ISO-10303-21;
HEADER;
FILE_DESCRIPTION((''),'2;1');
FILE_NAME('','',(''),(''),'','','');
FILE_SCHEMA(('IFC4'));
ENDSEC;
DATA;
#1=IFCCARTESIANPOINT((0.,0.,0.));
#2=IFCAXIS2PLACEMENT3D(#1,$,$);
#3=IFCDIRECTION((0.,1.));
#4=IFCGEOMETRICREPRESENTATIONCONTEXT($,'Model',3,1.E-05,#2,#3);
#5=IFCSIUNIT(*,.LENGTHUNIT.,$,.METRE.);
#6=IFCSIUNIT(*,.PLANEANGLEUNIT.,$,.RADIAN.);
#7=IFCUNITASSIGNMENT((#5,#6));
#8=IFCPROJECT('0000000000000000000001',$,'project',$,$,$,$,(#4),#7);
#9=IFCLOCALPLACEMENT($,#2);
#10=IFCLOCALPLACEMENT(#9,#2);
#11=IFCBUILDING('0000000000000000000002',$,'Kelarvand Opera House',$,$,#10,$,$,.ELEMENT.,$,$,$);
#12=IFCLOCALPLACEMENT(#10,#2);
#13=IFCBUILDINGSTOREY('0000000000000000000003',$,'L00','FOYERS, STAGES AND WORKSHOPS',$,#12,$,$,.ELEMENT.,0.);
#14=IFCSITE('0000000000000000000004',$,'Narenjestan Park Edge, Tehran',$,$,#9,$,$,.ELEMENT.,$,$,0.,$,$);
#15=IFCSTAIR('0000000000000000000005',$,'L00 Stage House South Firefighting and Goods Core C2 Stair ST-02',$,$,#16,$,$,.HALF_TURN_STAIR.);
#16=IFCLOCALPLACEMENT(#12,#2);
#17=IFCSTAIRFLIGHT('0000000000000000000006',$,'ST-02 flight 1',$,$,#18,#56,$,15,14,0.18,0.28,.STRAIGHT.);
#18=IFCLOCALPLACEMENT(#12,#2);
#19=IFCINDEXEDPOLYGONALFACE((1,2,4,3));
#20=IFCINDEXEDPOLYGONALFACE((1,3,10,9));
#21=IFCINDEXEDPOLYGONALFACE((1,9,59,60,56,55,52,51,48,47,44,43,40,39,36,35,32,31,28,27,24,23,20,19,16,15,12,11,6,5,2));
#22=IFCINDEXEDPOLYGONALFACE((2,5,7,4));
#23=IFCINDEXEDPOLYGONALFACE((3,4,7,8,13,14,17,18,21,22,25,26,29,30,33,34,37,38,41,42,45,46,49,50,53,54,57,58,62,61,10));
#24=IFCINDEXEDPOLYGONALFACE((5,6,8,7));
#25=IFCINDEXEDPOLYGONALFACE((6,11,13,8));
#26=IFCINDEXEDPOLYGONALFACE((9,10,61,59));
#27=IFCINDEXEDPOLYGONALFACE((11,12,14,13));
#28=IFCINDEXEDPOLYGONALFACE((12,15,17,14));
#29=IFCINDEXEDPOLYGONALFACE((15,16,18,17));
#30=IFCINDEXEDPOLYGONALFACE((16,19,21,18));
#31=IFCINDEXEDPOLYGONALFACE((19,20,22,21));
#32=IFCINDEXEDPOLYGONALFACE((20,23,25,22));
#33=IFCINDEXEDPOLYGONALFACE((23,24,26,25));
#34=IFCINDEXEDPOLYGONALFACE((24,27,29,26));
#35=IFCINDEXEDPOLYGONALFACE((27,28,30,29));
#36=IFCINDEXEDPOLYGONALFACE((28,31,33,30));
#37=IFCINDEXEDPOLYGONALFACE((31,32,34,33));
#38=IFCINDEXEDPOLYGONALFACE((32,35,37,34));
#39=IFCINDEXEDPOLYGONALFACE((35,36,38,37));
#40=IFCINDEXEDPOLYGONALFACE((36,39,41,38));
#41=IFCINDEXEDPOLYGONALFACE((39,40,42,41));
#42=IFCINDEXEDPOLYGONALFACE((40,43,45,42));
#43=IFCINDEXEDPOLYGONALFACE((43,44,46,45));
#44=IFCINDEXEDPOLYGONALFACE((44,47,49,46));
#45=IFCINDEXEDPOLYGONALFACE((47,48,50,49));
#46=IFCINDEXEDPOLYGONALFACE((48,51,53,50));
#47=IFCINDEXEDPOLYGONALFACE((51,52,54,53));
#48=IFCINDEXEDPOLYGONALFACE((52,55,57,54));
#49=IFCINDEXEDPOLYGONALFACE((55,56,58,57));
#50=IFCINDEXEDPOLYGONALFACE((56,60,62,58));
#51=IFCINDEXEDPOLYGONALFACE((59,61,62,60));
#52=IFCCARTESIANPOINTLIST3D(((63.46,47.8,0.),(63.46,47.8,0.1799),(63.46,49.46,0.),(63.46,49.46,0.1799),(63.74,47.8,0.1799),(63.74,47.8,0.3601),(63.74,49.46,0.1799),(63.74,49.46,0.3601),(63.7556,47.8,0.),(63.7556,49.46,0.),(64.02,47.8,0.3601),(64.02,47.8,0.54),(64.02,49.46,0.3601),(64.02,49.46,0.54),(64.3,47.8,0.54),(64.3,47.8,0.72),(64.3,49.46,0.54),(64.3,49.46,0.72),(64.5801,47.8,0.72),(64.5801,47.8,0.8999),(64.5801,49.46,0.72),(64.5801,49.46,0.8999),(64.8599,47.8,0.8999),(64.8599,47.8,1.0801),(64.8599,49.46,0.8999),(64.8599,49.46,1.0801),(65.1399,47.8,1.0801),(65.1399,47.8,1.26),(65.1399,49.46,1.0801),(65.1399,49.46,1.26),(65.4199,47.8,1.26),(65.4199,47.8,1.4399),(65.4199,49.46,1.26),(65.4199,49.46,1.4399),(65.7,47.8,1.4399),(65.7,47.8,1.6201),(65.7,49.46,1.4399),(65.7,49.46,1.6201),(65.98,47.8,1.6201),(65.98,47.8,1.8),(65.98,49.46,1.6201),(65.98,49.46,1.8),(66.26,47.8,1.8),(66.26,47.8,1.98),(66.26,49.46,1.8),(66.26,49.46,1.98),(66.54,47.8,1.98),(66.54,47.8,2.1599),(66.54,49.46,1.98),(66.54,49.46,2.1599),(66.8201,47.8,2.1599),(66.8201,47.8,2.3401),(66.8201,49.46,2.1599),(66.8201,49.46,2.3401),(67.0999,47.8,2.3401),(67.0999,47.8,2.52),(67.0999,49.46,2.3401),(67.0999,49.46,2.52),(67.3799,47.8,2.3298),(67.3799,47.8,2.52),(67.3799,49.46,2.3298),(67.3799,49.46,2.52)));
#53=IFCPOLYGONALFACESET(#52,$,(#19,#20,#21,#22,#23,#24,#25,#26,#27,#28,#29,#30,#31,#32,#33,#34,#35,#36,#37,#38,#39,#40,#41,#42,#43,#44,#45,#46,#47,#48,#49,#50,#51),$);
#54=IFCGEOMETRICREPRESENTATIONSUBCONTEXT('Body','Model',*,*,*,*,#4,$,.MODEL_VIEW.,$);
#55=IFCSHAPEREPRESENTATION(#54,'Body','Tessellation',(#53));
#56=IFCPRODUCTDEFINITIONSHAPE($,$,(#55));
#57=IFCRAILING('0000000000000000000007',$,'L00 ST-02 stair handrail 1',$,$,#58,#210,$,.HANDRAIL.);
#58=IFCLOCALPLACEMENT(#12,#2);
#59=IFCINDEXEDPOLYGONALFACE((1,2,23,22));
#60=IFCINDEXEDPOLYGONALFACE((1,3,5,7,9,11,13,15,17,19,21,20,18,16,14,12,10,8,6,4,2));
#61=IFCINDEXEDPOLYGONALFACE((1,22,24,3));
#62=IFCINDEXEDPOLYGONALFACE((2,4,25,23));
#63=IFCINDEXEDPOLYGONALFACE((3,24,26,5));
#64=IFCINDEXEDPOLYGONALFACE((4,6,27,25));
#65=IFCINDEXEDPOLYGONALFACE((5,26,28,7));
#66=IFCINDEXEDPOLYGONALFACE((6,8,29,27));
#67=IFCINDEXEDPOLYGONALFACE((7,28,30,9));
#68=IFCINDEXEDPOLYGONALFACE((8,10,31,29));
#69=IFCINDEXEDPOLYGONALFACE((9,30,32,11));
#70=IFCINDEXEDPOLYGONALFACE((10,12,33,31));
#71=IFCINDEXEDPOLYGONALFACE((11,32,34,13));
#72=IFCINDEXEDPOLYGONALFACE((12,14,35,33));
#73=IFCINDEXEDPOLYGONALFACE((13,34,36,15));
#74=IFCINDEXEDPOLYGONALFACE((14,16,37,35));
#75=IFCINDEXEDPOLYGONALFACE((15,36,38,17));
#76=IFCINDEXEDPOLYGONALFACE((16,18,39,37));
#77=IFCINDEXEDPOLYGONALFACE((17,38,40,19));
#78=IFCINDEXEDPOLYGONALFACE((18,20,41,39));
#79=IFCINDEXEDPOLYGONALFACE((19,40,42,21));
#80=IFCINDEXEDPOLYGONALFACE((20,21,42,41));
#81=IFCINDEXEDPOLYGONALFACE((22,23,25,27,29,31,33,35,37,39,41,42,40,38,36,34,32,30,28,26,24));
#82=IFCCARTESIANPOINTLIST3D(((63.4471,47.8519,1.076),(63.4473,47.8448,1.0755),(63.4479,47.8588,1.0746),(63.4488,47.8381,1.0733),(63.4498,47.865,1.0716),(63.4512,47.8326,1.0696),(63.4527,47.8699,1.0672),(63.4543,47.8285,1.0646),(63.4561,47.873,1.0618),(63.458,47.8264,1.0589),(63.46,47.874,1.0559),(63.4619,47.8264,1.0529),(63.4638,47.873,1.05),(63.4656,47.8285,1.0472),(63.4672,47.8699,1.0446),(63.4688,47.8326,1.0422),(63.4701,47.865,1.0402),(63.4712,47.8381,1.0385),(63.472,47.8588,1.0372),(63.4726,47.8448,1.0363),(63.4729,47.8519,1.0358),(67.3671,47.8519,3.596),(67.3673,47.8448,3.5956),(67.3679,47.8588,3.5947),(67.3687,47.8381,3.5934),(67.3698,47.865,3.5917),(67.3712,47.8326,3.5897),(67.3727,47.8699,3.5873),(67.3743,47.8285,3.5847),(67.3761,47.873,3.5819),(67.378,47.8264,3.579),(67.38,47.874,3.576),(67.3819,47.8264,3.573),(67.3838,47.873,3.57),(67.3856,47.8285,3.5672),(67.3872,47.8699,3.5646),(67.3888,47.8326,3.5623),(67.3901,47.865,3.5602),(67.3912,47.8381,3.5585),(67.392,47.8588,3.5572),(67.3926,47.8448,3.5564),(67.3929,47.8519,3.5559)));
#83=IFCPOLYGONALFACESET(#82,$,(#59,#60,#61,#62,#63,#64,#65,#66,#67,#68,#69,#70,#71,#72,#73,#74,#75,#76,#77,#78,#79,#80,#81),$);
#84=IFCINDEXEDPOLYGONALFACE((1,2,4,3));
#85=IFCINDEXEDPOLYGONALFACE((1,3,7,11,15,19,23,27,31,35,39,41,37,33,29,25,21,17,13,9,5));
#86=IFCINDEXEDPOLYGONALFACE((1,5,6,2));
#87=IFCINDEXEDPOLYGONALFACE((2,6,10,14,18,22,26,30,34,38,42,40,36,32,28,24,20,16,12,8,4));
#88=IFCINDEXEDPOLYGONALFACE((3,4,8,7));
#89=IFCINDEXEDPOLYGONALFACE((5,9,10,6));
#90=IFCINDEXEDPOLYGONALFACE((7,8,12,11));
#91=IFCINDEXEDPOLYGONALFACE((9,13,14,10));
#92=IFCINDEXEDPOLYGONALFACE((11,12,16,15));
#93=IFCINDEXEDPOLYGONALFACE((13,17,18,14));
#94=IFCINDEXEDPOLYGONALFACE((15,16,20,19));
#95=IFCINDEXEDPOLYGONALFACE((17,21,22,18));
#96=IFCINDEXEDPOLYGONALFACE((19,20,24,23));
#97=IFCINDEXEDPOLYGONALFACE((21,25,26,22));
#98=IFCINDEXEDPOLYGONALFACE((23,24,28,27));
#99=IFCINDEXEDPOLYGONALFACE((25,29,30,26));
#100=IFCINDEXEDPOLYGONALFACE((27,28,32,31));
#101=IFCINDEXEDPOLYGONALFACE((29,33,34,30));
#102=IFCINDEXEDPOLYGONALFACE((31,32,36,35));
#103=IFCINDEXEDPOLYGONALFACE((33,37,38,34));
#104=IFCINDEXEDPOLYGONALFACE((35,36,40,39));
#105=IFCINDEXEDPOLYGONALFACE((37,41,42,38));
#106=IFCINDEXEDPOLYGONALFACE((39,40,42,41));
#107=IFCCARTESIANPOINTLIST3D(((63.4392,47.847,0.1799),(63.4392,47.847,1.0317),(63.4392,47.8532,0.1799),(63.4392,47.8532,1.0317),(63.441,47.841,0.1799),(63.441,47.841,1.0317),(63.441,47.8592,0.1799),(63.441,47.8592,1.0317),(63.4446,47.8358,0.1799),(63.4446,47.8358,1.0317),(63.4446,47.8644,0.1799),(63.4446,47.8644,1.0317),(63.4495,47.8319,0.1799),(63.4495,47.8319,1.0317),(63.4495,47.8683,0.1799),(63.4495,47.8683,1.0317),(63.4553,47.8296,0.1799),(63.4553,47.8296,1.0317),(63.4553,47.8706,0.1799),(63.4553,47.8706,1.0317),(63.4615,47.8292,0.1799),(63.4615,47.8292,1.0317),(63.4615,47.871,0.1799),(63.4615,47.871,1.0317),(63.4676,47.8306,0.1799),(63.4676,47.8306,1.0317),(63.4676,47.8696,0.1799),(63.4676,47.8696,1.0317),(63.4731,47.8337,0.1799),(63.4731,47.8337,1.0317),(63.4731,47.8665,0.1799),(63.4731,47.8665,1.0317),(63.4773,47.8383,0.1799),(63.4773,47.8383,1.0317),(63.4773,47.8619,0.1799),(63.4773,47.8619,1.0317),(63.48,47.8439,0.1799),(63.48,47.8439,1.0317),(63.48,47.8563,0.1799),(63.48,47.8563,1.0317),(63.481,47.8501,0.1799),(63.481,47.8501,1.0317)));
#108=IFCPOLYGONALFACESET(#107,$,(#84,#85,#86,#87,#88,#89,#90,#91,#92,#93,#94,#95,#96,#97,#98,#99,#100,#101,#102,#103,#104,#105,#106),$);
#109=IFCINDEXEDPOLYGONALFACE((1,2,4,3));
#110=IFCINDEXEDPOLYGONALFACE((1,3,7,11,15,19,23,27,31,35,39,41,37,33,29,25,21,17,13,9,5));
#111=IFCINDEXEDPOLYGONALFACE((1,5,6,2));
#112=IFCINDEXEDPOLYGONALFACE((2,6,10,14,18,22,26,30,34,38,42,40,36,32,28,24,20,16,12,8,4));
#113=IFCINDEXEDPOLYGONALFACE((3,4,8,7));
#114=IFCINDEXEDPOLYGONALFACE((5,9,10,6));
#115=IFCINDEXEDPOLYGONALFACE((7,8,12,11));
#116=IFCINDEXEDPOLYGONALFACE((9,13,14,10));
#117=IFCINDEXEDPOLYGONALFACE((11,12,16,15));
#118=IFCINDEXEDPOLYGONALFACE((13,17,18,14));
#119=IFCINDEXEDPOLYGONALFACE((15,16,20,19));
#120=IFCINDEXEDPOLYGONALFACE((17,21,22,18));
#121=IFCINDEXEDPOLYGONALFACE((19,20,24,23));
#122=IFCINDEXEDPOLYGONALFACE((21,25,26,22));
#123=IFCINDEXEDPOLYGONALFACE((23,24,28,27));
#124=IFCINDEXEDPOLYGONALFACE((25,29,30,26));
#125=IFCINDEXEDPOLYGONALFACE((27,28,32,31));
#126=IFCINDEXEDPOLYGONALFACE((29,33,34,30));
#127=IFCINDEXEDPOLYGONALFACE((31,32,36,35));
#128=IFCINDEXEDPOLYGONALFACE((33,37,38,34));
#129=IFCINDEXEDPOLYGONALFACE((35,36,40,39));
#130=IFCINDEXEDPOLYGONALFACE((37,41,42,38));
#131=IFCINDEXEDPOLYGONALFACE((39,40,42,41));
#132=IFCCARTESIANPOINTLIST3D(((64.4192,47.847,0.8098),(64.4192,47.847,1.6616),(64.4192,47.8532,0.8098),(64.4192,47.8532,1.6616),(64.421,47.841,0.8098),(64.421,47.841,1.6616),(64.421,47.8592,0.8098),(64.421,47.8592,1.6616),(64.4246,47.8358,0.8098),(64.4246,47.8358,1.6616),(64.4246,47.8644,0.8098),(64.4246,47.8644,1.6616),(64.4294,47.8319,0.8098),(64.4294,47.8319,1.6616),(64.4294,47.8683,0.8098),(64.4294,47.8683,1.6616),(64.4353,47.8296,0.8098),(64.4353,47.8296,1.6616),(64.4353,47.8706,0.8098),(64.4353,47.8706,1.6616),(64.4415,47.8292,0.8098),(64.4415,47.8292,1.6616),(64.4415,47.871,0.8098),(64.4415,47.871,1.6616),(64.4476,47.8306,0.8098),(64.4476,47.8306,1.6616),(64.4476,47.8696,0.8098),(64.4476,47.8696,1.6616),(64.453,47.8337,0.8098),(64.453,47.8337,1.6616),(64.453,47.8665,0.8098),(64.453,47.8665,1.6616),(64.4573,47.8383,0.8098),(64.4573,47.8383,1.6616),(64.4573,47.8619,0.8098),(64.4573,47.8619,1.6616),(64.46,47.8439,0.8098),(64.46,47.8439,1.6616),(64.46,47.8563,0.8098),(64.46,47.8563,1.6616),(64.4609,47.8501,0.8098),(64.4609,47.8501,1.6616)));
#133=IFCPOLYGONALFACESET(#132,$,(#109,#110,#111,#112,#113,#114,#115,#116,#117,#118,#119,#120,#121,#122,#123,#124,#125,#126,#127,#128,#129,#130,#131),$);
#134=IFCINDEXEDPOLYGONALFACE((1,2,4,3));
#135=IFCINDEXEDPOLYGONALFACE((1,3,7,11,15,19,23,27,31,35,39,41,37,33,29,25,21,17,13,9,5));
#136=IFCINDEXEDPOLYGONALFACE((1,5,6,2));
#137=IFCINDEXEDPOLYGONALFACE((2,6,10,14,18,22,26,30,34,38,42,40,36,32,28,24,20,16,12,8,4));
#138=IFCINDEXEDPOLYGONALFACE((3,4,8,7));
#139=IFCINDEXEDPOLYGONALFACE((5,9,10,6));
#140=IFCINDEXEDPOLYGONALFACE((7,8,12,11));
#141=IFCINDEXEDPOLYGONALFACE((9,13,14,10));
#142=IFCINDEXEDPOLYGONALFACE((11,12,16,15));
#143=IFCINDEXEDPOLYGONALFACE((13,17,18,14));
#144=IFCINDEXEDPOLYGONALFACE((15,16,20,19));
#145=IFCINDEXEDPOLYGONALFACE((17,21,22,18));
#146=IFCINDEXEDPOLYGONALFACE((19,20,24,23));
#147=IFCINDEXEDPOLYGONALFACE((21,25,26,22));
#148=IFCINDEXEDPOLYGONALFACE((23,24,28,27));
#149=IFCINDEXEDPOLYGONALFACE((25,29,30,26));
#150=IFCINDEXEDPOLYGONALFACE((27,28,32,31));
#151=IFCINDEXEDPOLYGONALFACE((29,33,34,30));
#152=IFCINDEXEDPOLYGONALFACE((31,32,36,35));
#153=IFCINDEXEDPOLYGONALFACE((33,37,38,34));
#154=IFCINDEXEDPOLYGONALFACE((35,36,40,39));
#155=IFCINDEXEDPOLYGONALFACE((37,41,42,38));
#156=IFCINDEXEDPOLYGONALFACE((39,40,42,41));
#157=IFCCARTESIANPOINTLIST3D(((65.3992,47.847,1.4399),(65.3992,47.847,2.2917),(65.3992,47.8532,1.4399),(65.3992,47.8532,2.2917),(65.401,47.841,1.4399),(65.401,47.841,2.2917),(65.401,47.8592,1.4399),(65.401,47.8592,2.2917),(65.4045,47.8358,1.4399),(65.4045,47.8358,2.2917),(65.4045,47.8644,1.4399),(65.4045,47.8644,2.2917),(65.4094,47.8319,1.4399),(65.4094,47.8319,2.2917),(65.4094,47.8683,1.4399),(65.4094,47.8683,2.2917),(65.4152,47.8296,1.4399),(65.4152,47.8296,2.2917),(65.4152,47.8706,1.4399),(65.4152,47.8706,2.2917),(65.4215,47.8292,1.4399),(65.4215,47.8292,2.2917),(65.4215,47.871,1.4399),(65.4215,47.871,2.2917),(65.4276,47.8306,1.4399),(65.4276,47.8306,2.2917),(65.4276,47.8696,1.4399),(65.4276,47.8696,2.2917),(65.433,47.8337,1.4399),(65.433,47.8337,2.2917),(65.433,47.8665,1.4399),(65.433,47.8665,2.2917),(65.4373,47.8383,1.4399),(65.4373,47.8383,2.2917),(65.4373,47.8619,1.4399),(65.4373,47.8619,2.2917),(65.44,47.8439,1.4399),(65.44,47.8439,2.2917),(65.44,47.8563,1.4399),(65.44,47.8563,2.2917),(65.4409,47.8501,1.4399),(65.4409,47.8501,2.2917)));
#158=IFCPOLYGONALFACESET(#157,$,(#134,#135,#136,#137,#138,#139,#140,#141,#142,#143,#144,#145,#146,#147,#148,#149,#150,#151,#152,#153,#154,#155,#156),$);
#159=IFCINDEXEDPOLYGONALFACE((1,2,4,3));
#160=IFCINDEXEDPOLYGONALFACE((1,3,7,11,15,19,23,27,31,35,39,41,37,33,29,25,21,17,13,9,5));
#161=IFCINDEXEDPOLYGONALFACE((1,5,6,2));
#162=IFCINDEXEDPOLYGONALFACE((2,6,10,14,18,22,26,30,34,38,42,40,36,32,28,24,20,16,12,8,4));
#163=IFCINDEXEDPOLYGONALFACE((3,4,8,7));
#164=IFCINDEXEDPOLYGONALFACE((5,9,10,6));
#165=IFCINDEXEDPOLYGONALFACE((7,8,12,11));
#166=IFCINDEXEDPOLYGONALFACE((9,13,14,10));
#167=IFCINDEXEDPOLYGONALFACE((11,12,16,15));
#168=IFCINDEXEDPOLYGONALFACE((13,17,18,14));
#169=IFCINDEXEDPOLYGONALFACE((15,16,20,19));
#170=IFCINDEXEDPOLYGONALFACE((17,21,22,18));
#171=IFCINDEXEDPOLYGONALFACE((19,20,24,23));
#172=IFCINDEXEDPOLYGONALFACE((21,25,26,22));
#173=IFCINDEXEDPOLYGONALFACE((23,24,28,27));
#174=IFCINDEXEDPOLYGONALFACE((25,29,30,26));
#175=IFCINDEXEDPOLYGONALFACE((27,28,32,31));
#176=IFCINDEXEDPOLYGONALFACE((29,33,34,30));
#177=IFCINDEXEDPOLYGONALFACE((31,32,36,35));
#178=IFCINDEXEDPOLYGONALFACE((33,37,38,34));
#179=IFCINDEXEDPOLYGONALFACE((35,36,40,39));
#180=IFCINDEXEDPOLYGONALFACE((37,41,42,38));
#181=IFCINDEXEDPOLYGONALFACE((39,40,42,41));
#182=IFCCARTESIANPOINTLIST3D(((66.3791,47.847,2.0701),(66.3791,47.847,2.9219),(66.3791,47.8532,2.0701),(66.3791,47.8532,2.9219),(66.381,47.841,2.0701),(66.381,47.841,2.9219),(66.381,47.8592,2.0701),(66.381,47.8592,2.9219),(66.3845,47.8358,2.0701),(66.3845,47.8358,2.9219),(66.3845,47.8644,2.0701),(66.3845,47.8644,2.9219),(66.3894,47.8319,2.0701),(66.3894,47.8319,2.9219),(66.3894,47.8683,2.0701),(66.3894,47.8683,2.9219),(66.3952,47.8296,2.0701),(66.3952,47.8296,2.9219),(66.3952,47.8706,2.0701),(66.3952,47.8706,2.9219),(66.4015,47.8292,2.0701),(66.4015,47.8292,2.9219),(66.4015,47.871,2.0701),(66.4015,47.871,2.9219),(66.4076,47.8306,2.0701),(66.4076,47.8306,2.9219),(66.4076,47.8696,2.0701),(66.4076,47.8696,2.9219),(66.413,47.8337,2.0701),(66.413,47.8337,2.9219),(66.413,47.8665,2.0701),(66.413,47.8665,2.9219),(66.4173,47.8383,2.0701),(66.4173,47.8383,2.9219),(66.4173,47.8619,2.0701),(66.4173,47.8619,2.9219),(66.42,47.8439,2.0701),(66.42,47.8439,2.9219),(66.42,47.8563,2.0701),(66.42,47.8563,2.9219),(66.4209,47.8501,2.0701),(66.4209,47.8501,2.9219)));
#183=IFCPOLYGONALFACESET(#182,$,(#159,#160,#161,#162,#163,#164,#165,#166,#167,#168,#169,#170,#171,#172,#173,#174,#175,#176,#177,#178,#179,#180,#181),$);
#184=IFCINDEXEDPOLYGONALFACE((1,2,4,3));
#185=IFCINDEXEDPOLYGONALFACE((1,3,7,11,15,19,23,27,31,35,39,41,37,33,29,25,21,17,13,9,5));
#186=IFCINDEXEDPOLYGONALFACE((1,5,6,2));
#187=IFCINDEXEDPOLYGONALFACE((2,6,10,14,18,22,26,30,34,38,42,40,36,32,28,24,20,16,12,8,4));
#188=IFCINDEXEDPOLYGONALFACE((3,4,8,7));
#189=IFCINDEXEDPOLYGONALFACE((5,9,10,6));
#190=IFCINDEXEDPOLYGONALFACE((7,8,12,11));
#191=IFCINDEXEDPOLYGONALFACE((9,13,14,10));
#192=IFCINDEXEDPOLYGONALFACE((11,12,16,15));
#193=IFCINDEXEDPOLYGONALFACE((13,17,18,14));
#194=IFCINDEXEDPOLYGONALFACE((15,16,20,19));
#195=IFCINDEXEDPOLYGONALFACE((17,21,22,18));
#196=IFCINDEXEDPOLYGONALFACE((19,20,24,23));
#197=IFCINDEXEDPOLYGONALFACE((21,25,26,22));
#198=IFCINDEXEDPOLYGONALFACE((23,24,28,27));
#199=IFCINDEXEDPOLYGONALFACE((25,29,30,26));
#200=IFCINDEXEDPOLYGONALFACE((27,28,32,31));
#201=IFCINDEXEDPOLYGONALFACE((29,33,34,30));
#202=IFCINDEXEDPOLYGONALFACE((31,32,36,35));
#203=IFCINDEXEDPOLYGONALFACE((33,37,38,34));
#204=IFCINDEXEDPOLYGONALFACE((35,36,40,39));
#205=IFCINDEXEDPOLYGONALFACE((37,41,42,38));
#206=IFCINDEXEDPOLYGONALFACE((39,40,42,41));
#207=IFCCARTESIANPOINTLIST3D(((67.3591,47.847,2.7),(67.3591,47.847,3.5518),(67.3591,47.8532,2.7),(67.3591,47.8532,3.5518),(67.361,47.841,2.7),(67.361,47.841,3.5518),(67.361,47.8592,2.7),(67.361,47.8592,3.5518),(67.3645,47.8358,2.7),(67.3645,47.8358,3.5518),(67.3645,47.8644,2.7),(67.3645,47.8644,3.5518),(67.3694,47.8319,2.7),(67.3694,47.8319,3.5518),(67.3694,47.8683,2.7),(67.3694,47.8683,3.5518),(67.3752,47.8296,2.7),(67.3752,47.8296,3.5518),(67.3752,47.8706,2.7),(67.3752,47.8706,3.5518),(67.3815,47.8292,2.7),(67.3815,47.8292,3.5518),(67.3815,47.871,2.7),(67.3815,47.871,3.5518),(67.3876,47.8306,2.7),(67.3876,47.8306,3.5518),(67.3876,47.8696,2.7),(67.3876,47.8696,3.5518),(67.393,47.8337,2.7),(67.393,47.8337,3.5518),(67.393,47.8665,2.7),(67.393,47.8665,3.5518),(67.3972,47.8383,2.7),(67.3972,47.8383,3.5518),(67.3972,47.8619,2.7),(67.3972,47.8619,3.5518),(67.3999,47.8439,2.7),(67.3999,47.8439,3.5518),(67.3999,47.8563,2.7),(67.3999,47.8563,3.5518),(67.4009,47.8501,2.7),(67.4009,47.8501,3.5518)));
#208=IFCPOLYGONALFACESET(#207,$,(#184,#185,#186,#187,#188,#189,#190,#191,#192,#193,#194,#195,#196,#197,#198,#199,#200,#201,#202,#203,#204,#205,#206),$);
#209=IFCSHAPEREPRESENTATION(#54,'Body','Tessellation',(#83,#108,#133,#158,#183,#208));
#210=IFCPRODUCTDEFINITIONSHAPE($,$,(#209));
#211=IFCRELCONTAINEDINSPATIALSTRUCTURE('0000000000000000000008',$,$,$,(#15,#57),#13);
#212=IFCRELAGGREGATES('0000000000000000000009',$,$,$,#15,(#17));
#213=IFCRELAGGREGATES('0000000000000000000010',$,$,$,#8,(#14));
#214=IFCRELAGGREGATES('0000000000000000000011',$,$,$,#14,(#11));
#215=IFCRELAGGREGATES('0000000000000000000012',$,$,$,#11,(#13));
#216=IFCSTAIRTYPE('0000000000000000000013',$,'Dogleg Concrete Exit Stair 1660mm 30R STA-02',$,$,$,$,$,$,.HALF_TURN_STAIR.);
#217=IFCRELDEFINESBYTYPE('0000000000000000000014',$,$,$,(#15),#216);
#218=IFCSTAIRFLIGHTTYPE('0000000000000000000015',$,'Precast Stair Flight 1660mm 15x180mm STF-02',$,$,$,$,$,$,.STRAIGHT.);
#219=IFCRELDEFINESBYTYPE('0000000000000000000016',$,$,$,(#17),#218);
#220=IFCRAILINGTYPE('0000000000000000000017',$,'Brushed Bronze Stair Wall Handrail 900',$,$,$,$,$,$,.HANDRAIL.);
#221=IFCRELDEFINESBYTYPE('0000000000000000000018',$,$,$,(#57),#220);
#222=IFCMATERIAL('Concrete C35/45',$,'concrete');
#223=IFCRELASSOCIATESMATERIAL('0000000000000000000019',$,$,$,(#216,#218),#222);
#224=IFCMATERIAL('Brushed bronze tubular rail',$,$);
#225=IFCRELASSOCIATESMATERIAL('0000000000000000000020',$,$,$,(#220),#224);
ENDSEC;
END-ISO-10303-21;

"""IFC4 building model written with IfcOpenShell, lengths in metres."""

from ifc_helpers import new_model, si_unit, direction, frame, origin, origin_2d, place, context, subcontext, project, spatial, polyline, circle, outline, extrude, material, type_object, element, aggregate, save


model = new_model("IFC4")

# Units and contexts
model_context = context("Model", 3, precision=1e-05, world=origin(), true_north=direction((0.0, 1.0)))
body_context = subcontext(model_context, "Body", "Model", "MODEL_VIEW")
ifc_project = project(units=[si_unit("LENGTHUNIT", "METRE"), si_unit("PLANEANGLEUNIT", "RADIAN")], contexts=[model_context])

# Site, building, storey
site_placement = place(None, origin())
site = spatial("IfcSite", under=ifc_project, at=site_placement, Name="Narenjestan Park Edge, Tehran", CompositionType="ELEMENT", RefElevation=0.0)
building_placement = place(site_placement, origin())
building = spatial("IfcBuilding", under=site, at=building_placement, Name="Kelarvand Opera House", CompositionType="ELEMENT")
storey_placement = place(building_placement, origin())
storey = spatial("IfcBuildingStorey", under=building, at=storey_placement, Name="L00", Description="FOYERS, STAGES AND WORKSHOPS", CompositionType="ELEMENT", Elevation=0.0)

# Shared definitions
ifc_material_1 = material(Name="Concrete C35/45", Category="concrete")

# Stair, stair flight
stair_type = type_object("IfcStairType", Name="Dogleg Concrete Exit Stair 1660mm 30R STA-02", PredefinedType="HALF_TURN_STAIR", material=ifc_material_1)
stair_placement = place(storey_placement, origin())
stair = element("IfcStair", 1, at=stair_placement, inside=storey, type_object=stair_type, Name="L00 Stage House South Firefighting and Goods Core C2 Stair ST-02", PredefinedType="HALF_TURN_STAIR")
stair_flight_type = type_object("IfcStairFlightType", Name="Precast Stair Flight 1660mm 15x180mm STF-02", PredefinedType="STRAIGHT", material=ifc_material_1)
stair_flight_placement = place(storey_placement, frame((63.46, 48.6299, 0.0), z_axis=(0.0, 0.0, 1.0), x_axis=(1.0, 0.0, 0.0)))
stair_flight = element("IfcStairFlight", 2, at=stair_flight_placement, type_object=stair_flight_type, Name="ST-02 flight 1", NumberOfRisers=15, NumberOfTreads=14, PredefinedType="STRAIGHT", RiserHeight=0.18, TreadLength=0.28, context=body_context, shape_type="SweptSolid", body=[
    extrude(outline(polyline([(0.0, 0.0), (0.0, 0.1799), (0.28, 0.1799), (0.28, 0.3601), (0.5601, 0.3601), (0.5601, 0.54), (0.8401, 0.54), (0.8401, 0.72), (1.1201, 0.72), (1.1201, 0.8999), (1.3999, 0.8999), (1.3999, 1.0801), (1.6799, 1.0801), (1.6799, 1.26), (1.96, 1.26), (1.96, 1.4399), (2.24, 1.4399), (2.24, 1.6201), (2.52, 1.6201), (2.52, 1.8), (2.8, 1.8), (2.8, 1.98), (3.0801, 1.98), (3.0801, 2.1599), (3.3601, 2.1599), (3.3601, 2.3401), (3.6399, 2.3401), (3.6399, 2.52), (3.9199, 2.52), (3.9199, 2.7), (3.9199, 2.3298), (0.2957, 0.0), (0.0, 0.0)])), frame((0.0, 0.8301, 0.0), z_axis=(0.0, -1.0, 0.0), x_axis=(1.0, 0.0, 0.0)), (0.0, 0.0, 1.0), 1.6599),
])
aggregate(stair, [stair_flight])

# Railing
ifc_material_2 = material(Name="Brushed bronze tubular rail")
railing_type_1 = type_object("IfcRailingType", Name="Brushed Bronze Stair Wall Handrail 900", PredefinedType="HANDRAIL", material=ifc_material_2)
railing_1_placement = place(storey_placement, frame((63.46, 47.8501, 0.1799)))
element("IfcRailing", 3, at=railing_1_placement, inside=storey, type_object=railing_type_1, Name="L00 ST-02 stair handrail 1", PredefinedType="HANDRAIL", context=body_context, shape_type="SweptSolid", body=[
    extrude(circle(Radius=0.0239, at=origin_2d()), frame((0.0, 0.0, 0.876), z_axis=(0.841172, 0.0, 0.540768), x_axis=(0.0, 1.0, 0.0)), (0.0, 0.0, 1.0), 4.6602),
    extrude(circle(Radius=0.021, at=origin_2d()), origin(), (0.0, 0.0, 1.0), 0.8518),
    extrude(circle(Radius=0.021, at=origin_2d()), frame((0.98, 0.0, 0.6299)), (0.0, 0.0, 1.0), 0.8518),
    extrude(circle(Radius=0.021, at=origin_2d()), frame((1.96, 0.0, 1.26)), (0.0, 0.0, 1.0), 0.8518),
    extrude(circle(Radius=0.021, at=origin_2d()), frame((2.9399, 0.0, 1.8901)), (0.0, 0.0, 1.0), 0.8518),
    extrude(circle(Radius=0.021, at=origin_2d()), frame((3.9199, 0.0, 2.52)), (0.0, 0.0, 1.0), 0.8518),
])

save(model, "model.ifc")
